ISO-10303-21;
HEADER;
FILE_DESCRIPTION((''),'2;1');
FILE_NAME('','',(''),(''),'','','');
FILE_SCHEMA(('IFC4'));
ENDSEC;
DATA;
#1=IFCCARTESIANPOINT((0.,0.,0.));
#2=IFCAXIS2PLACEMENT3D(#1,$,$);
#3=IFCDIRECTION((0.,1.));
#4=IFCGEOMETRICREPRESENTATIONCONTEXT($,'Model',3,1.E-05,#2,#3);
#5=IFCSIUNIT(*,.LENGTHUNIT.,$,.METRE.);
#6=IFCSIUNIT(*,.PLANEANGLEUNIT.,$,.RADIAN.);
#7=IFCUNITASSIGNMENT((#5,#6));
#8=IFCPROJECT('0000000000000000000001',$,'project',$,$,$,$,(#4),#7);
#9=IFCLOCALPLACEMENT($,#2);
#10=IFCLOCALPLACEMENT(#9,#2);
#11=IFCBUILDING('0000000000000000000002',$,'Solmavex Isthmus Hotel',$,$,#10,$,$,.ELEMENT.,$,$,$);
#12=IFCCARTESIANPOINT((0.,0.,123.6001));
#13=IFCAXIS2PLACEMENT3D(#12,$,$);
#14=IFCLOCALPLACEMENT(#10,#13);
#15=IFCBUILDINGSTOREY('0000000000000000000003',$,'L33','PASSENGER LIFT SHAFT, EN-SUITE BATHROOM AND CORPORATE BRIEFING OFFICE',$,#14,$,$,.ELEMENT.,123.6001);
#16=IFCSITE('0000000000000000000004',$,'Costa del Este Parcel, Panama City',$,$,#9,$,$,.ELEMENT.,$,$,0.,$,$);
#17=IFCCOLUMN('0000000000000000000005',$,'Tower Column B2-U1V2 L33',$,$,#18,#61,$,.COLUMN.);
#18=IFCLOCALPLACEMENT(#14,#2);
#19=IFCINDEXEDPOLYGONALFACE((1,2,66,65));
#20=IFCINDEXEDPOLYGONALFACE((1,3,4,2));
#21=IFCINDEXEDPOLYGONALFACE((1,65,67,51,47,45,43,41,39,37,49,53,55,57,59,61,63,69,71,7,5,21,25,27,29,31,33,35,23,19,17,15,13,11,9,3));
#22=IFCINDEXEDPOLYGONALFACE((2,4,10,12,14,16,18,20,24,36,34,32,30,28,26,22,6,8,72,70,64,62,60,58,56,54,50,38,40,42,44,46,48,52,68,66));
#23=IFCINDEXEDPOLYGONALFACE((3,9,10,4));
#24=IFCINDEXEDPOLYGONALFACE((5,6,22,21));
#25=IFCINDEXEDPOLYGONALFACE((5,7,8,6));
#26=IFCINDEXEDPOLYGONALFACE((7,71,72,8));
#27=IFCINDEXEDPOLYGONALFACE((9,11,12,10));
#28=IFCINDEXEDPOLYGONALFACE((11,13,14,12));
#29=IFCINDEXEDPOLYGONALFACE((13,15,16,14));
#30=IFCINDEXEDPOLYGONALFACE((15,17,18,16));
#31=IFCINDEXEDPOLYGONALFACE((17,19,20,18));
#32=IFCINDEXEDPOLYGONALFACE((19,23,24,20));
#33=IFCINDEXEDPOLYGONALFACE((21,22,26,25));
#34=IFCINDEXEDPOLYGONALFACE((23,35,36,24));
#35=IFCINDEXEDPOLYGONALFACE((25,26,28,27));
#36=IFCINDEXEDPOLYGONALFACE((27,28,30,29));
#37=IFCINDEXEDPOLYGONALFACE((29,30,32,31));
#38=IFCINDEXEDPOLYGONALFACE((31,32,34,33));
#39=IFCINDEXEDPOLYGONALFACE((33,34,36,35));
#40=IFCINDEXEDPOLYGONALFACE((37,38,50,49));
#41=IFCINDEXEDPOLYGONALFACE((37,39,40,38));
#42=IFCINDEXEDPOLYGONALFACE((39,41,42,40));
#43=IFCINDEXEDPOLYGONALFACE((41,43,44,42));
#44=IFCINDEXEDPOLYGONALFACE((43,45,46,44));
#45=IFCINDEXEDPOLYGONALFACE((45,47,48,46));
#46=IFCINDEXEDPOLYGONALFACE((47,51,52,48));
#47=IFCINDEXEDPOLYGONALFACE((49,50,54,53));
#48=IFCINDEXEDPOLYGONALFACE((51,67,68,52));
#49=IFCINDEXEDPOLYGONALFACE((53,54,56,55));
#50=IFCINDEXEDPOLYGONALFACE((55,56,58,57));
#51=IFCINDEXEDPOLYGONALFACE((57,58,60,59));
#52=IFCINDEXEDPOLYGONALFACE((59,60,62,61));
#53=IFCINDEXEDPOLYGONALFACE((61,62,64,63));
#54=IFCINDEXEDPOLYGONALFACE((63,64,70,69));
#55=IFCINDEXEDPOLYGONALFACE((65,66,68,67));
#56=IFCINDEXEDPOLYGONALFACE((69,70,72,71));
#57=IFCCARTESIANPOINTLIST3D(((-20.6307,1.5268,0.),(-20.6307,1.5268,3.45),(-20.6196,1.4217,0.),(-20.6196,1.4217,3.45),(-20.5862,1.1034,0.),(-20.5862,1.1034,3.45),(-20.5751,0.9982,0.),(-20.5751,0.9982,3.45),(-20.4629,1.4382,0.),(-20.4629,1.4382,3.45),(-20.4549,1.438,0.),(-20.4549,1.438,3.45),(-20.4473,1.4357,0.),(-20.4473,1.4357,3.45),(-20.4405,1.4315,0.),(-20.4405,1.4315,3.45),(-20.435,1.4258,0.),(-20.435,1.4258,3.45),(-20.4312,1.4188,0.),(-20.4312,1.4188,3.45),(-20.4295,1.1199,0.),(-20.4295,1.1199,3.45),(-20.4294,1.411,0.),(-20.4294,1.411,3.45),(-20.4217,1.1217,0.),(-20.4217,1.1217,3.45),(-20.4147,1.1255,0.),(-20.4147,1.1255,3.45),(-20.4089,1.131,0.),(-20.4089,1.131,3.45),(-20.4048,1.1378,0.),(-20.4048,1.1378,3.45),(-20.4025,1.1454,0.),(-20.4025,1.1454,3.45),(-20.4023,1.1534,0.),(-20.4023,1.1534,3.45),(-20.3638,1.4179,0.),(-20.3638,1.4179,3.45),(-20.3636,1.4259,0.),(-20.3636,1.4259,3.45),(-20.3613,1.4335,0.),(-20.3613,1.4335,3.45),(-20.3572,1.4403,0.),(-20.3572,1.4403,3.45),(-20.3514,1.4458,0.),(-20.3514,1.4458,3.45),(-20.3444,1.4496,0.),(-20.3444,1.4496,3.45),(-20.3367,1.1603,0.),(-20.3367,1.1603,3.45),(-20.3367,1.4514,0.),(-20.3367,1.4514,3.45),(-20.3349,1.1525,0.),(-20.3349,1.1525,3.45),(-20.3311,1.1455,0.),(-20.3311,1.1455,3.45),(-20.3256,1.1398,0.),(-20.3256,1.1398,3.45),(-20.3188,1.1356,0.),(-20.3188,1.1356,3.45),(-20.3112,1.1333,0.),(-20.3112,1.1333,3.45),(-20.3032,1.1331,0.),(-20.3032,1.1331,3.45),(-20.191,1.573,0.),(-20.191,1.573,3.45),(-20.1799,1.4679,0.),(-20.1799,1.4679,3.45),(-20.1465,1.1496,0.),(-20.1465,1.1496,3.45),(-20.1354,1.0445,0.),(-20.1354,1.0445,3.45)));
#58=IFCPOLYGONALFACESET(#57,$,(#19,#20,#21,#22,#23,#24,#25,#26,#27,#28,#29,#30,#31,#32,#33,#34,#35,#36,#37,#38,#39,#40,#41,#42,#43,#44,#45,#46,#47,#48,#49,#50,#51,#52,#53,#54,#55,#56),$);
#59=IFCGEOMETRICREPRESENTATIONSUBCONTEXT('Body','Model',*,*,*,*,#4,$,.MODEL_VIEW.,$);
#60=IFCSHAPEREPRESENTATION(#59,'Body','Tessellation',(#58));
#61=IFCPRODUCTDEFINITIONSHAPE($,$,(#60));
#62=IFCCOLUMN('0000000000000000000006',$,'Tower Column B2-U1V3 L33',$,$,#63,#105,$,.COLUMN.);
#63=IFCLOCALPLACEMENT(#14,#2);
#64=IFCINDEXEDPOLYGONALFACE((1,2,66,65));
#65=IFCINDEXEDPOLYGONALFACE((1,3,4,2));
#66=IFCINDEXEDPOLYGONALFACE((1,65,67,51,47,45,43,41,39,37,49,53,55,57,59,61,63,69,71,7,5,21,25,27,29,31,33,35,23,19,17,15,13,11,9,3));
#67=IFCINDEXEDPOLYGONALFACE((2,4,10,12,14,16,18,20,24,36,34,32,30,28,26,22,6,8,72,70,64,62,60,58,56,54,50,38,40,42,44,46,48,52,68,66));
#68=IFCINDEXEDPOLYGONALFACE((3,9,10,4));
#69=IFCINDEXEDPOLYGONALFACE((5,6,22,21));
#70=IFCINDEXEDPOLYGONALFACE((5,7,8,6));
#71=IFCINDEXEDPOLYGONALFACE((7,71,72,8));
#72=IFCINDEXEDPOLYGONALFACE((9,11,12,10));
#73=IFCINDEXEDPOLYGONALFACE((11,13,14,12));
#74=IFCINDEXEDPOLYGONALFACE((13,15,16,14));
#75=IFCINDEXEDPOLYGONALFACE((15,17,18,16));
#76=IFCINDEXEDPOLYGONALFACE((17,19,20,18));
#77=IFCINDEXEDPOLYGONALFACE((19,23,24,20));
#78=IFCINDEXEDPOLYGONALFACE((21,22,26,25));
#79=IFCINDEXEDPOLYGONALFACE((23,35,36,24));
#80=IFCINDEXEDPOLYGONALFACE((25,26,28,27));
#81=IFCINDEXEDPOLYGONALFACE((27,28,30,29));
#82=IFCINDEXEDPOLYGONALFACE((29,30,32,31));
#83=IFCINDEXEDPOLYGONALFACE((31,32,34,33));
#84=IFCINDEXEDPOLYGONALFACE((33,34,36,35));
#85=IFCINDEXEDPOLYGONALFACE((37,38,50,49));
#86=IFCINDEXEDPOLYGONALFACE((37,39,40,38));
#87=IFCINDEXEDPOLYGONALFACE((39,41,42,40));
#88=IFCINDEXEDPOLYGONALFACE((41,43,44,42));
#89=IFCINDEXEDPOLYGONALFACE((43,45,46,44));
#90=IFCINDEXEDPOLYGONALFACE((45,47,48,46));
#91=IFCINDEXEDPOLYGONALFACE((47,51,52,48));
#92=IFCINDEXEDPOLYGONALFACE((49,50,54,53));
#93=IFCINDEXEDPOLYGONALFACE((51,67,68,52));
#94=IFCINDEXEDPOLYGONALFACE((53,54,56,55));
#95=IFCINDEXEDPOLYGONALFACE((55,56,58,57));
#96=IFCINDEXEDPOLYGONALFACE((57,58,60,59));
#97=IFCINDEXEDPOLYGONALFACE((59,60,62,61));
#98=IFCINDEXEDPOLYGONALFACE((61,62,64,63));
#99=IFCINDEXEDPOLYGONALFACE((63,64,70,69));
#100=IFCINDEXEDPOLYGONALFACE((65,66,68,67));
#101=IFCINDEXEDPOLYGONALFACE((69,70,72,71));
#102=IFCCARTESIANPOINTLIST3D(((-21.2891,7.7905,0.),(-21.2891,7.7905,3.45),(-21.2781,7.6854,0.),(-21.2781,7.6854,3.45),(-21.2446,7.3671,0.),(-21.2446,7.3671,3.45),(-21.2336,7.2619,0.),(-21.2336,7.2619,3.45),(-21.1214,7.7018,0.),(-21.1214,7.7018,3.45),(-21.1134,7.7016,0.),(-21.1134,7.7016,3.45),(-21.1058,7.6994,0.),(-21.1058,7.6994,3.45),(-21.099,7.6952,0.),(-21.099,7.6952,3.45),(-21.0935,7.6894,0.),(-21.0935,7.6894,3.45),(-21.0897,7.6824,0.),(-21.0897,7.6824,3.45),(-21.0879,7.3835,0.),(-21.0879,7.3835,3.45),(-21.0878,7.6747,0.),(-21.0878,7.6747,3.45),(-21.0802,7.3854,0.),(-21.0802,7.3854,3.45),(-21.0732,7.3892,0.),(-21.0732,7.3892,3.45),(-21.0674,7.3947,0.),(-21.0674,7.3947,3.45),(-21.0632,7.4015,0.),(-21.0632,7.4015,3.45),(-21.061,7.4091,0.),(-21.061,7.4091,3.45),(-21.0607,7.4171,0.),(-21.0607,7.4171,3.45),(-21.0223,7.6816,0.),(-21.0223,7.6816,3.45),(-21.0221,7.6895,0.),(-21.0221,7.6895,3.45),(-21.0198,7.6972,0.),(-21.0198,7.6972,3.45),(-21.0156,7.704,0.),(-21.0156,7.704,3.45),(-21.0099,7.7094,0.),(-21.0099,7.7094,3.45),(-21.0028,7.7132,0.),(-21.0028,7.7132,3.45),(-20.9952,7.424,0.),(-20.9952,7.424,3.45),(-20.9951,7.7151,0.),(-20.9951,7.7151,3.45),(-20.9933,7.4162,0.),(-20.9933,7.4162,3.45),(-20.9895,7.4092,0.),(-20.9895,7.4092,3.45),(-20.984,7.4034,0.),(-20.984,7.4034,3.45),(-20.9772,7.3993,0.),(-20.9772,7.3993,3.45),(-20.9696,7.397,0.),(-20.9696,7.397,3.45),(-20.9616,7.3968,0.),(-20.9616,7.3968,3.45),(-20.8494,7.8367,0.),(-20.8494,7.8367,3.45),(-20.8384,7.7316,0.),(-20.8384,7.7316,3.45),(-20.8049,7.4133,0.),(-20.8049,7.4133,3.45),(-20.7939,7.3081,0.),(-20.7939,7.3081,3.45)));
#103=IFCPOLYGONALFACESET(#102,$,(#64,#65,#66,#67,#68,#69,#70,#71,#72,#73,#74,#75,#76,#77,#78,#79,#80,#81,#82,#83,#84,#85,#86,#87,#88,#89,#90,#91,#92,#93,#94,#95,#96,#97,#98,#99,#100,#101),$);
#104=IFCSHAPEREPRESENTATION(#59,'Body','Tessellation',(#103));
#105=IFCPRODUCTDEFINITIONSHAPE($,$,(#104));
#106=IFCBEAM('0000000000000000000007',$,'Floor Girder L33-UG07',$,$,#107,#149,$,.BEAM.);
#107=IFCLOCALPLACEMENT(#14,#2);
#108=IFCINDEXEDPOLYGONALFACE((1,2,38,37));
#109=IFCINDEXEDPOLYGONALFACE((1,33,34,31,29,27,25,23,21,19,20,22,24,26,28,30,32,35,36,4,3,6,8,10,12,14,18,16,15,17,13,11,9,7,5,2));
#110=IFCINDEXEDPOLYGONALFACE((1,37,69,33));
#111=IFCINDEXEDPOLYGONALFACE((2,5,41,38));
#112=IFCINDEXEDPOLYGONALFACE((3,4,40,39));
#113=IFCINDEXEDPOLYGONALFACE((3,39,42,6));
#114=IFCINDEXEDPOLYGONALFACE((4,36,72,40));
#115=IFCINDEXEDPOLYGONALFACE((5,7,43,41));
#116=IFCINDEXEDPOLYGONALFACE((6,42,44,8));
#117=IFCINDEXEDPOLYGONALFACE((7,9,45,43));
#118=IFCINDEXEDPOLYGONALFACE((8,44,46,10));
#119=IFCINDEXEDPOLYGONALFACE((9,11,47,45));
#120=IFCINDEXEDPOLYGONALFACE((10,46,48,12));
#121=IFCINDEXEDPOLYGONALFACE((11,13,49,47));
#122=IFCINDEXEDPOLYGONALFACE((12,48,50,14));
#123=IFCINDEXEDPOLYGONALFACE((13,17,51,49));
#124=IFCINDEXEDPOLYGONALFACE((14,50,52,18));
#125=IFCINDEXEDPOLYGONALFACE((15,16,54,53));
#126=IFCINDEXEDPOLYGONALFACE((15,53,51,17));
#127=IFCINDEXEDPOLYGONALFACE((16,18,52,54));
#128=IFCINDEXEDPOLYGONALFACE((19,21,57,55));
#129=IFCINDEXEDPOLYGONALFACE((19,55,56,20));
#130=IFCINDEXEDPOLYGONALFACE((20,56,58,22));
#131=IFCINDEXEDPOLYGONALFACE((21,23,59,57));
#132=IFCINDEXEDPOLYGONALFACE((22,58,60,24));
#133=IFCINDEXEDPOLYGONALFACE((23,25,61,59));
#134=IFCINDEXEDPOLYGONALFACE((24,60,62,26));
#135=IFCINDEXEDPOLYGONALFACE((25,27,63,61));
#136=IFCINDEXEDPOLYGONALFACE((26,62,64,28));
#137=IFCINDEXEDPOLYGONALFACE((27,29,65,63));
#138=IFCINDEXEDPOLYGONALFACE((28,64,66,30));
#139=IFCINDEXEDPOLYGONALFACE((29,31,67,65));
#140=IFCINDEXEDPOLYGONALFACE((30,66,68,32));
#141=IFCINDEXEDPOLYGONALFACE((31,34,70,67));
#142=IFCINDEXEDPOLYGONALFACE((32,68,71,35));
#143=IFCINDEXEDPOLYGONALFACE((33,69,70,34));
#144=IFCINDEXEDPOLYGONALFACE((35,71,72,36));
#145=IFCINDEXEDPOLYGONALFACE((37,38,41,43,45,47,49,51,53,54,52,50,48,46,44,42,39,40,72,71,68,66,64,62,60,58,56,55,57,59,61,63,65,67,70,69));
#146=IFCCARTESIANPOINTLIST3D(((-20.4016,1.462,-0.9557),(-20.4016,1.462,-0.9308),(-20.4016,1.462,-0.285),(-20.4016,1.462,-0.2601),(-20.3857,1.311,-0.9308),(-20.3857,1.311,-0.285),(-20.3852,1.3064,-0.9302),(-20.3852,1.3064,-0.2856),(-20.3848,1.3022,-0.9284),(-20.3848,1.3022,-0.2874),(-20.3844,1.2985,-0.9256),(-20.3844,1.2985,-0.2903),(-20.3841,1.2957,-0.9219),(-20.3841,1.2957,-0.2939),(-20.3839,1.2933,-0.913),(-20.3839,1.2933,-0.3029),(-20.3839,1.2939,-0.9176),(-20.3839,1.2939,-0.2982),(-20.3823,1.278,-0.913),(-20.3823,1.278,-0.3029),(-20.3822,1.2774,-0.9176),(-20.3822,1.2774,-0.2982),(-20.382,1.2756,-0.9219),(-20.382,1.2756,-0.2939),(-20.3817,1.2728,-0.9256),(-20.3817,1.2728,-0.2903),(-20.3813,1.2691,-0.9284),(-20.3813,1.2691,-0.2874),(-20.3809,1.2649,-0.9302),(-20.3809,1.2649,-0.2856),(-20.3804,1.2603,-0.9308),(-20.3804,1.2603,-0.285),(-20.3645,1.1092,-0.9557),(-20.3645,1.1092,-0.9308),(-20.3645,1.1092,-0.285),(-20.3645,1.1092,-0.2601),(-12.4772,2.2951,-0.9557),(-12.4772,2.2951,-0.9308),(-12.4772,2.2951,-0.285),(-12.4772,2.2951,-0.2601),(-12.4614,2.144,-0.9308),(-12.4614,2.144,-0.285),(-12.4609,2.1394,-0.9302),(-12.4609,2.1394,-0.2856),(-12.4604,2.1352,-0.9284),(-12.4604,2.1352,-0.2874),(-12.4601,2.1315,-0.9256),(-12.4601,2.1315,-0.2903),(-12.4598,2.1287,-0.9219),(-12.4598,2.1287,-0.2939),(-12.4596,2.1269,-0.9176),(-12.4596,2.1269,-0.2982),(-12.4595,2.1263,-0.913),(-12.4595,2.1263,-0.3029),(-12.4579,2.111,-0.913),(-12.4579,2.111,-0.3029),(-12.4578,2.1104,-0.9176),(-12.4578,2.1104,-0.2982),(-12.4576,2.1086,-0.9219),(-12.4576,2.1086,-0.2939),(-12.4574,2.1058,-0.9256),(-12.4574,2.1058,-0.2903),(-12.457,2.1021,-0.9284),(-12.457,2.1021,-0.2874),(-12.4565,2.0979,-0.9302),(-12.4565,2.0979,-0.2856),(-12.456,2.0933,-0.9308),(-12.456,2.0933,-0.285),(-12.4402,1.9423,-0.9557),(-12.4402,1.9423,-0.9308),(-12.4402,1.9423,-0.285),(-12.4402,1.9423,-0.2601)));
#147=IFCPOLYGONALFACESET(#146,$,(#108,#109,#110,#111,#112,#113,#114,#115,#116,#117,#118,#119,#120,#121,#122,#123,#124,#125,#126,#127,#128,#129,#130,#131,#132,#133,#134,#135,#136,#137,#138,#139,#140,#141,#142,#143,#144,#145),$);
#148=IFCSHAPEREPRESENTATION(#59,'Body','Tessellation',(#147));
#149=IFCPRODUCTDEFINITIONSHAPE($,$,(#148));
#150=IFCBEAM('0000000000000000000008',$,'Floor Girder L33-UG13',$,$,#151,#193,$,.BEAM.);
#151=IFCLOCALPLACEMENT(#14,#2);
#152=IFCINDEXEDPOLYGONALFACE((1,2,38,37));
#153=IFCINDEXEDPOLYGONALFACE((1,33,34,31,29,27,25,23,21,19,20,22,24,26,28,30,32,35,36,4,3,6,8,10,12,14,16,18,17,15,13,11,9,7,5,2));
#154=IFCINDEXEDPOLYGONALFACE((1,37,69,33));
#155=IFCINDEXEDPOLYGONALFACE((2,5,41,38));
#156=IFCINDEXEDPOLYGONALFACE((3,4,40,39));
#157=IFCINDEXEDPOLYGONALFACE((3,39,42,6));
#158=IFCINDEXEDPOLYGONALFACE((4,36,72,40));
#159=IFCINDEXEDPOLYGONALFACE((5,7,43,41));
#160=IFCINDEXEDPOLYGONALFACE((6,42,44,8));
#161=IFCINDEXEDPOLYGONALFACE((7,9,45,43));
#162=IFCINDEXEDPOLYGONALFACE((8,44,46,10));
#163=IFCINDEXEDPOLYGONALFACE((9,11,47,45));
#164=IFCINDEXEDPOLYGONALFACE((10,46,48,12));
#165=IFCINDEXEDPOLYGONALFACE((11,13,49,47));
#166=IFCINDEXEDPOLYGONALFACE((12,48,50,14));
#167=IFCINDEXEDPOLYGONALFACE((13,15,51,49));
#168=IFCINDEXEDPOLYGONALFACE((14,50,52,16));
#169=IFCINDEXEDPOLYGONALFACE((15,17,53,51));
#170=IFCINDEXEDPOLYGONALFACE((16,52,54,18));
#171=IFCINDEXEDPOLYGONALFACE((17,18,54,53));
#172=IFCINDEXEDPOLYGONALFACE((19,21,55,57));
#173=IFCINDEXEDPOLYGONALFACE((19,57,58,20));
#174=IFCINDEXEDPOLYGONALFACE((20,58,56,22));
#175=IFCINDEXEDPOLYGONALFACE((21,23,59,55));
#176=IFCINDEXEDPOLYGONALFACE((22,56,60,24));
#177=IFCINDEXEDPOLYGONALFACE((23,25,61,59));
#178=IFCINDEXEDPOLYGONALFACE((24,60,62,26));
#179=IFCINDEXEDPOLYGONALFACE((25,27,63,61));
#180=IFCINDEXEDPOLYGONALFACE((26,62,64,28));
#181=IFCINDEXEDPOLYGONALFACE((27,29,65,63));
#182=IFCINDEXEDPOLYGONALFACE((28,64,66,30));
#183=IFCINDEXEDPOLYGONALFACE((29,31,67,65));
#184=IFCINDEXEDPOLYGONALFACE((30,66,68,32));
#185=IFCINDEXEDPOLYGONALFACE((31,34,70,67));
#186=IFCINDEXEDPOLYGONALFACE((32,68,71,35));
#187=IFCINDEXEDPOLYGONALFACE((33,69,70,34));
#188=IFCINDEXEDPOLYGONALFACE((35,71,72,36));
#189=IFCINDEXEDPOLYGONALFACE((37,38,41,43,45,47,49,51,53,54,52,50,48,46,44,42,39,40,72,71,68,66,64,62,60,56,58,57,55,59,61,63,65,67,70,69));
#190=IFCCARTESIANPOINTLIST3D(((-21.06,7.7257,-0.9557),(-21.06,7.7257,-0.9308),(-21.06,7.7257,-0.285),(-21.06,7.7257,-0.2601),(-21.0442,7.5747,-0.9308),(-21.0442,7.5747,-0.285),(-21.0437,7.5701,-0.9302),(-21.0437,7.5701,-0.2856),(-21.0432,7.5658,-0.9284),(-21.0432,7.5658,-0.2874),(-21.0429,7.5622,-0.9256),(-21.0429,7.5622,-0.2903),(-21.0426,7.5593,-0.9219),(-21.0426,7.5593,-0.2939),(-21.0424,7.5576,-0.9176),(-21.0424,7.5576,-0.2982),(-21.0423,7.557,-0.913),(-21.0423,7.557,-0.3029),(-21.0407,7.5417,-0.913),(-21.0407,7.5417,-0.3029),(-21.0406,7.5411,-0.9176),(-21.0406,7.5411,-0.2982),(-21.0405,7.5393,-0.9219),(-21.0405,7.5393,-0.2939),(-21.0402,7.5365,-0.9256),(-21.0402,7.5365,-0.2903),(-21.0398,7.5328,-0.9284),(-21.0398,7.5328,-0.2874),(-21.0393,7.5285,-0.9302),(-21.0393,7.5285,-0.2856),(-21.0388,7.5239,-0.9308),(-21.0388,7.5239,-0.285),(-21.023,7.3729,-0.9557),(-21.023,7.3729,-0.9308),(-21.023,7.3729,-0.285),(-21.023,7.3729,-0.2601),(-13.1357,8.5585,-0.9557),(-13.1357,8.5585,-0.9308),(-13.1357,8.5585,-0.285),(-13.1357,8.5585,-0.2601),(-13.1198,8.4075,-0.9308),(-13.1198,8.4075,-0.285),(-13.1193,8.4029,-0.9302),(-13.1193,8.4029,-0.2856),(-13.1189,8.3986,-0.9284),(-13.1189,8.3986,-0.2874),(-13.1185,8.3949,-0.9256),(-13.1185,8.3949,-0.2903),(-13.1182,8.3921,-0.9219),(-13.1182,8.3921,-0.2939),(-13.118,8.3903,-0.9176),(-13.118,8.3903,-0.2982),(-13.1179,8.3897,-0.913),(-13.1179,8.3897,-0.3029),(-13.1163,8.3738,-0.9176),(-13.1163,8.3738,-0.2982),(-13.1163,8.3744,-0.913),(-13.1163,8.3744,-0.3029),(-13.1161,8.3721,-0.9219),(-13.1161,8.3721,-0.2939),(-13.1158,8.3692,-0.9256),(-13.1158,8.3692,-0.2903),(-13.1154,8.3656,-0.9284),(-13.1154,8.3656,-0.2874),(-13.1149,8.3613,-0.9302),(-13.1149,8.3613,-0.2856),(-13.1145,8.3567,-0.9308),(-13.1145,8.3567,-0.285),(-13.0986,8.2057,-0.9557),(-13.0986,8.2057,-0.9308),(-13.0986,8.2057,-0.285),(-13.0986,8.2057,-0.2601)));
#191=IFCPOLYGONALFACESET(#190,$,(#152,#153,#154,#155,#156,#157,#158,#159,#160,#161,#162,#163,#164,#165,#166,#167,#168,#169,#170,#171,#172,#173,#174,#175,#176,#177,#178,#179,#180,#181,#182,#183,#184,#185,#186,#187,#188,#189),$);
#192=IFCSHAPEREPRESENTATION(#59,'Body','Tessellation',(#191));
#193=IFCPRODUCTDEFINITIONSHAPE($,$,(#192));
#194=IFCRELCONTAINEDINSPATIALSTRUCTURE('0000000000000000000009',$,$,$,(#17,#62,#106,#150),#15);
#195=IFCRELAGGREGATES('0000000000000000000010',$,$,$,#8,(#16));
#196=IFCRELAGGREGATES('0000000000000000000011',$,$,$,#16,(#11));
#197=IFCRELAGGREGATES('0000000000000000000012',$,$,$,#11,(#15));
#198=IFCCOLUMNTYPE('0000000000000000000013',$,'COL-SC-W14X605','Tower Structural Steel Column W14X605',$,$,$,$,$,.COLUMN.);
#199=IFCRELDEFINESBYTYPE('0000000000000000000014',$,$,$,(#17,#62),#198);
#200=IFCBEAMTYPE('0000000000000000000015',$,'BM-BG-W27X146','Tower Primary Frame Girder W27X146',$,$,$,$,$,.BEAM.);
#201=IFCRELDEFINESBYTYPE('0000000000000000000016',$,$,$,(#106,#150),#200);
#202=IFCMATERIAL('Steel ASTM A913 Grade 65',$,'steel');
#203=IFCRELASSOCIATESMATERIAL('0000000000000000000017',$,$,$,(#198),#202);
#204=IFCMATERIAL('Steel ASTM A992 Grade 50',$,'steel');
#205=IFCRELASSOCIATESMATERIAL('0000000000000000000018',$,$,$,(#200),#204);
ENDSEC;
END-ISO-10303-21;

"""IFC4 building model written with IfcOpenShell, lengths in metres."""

from ifc_helpers import new_model, si_unit, direction, frame, origin, origin_2d, place, context, subcontext, project, spatial, i_section, extrude, material, material_profile, profile_set, type_object, element, save


model = new_model("IFC4")

# Units and contexts
model_context = context("Model", 3, precision=1e-05, world=origin(), true_north=direction((0.0, 1.0)))
body_context = subcontext(model_context, "Body", "Model", "MODEL_VIEW")
ifc_project = project(units=[si_unit("LENGTHUNIT", "METRE"), si_unit("PLANEANGLEUNIT", "RADIAN")], contexts=[model_context])

# Site, building, storey
site_placement = place(None, origin())
site = spatial("IfcSite", under=ifc_project, at=site_placement, Name="Costa del Este Parcel, Panama City", CompositionType="ELEMENT", RefElevation=0.0)
building_placement = place(site_placement, origin())
building = spatial("IfcBuilding", under=site, at=building_placement, Name="Solmavex Isthmus Hotel", CompositionType="ELEMENT")
storey_placement = place(building_placement, frame((0.0, 0.0, 123.6001)))
storey = spatial("IfcBuildingStorey", under=building, at=storey_placement, Name="L33", Description="PASSENGER LIFT SHAFT, EN-SUITE BATHROOM AND CORPORATE BRIEFING OFFICE", CompositionType="ELEMENT", Elevation=123.6001)

# Columns
ifc_material_1 = material(Name="Steel ASTM A913 Grade 65", Category="steel")
ifc_material_profile_1 = material_profile(ifc_material_1, i_section(OverallWidth=0.4421, OverallDepth=0.5315, WebThickness=0.0659, FlangeThickness=0.1057, FilletRadius=0.0305, at=origin_2d()), Name="W14X605")
ifc_profile_set_1 = profile_set([ifc_material_profile_1], Name="Steel ASTM A913 Grade 65")
column_type = type_object("IfcColumnType", Name="COL-SC-W14X605", Description="Tower Structural Steel Column W14X605", PredefinedType="COLUMN", material=ifc_profile_set_1)
for number, where, z_axis, x_axis, name in (
    (1, (-20.3831, 1.2856, 0.0), (0.0, 0.0, 1.0), (0.994522, 0.104528, 0.0), "Tower Column B2-U1V2 L33"),
    (2, (-21.0415, 7.5493, 0.0), (0.0, 0.0, 1.0), (0.994522, 0.104528, 0.0), "Tower Column B2-U1V3 L33"),
):
    element("IfcColumn", number, at=place(storey_placement, frame(where, z_axis=z_axis, x_axis=x_axis)), inside=storey, type_object=column_type, Name=name, PredefinedType="COLUMN", context=body_context, shape_type="SweptSolid", body=[
        extrude(i_section(OverallWidth=0.4421, OverallDepth=0.5315, WebThickness=0.0659, FlangeThickness=0.1057, FilletRadius=0.0305, at=origin_2d()), origin(), (0.0, 0.0, 1.0), 3.45),
    ])

# Beams
ifc_material_2 = material(Name="Steel ASTM A992 Grade 50", Category="steel")
ifc_material_profile_2 = material_profile(ifc_material_2, i_section(OverallWidth=0.3547, OverallDepth=0.6956, WebThickness=0.0154, FlangeThickness=0.0249, FilletRadius=0.0178, at=origin_2d()), Name="W27X146")
ifc_profile_set_2 = profile_set([ifc_material_profile_2], Name="Steel ASTM A992 Grade 50")
beam_type_1 = type_object("IfcBeamType", Name="BM-BG-W27X146", Description="Tower Primary Frame Girder W27X146", PredefinedType="BEAM", material=ifc_profile_set_2)
for number, where, z_axis, x_axis, name in (
    (3, (-20.3831, 1.2856, -0.6079), (0.99452, 0.104544, 0.0), (-0.104544, 0.99452, 0.0), "Floor Girder L33-UG07"),
    (4, (-21.0415, 7.5493, -0.6079), (0.994523, 0.104514, 0.0), (-0.104514, 0.994523, 0.0), "Floor Girder L33-UG13"),
):
    element("IfcBeam", number, at=place(storey_placement, frame(where, z_axis=z_axis, x_axis=x_axis)), inside=storey, type_object=beam_type_1, Name=name, PredefinedType="BEAM", context=body_context, shape_type="SweptSolid", body=[
        extrude(i_section(OverallWidth=0.3547, OverallDepth=0.6956, WebThickness=0.0154, FlangeThickness=0.0249, FilletRadius=0.0178, at=origin_2d()), origin(), (0.0, 0.0, 1.0), 7.968),
    ])

save(model, "model.ifc")
